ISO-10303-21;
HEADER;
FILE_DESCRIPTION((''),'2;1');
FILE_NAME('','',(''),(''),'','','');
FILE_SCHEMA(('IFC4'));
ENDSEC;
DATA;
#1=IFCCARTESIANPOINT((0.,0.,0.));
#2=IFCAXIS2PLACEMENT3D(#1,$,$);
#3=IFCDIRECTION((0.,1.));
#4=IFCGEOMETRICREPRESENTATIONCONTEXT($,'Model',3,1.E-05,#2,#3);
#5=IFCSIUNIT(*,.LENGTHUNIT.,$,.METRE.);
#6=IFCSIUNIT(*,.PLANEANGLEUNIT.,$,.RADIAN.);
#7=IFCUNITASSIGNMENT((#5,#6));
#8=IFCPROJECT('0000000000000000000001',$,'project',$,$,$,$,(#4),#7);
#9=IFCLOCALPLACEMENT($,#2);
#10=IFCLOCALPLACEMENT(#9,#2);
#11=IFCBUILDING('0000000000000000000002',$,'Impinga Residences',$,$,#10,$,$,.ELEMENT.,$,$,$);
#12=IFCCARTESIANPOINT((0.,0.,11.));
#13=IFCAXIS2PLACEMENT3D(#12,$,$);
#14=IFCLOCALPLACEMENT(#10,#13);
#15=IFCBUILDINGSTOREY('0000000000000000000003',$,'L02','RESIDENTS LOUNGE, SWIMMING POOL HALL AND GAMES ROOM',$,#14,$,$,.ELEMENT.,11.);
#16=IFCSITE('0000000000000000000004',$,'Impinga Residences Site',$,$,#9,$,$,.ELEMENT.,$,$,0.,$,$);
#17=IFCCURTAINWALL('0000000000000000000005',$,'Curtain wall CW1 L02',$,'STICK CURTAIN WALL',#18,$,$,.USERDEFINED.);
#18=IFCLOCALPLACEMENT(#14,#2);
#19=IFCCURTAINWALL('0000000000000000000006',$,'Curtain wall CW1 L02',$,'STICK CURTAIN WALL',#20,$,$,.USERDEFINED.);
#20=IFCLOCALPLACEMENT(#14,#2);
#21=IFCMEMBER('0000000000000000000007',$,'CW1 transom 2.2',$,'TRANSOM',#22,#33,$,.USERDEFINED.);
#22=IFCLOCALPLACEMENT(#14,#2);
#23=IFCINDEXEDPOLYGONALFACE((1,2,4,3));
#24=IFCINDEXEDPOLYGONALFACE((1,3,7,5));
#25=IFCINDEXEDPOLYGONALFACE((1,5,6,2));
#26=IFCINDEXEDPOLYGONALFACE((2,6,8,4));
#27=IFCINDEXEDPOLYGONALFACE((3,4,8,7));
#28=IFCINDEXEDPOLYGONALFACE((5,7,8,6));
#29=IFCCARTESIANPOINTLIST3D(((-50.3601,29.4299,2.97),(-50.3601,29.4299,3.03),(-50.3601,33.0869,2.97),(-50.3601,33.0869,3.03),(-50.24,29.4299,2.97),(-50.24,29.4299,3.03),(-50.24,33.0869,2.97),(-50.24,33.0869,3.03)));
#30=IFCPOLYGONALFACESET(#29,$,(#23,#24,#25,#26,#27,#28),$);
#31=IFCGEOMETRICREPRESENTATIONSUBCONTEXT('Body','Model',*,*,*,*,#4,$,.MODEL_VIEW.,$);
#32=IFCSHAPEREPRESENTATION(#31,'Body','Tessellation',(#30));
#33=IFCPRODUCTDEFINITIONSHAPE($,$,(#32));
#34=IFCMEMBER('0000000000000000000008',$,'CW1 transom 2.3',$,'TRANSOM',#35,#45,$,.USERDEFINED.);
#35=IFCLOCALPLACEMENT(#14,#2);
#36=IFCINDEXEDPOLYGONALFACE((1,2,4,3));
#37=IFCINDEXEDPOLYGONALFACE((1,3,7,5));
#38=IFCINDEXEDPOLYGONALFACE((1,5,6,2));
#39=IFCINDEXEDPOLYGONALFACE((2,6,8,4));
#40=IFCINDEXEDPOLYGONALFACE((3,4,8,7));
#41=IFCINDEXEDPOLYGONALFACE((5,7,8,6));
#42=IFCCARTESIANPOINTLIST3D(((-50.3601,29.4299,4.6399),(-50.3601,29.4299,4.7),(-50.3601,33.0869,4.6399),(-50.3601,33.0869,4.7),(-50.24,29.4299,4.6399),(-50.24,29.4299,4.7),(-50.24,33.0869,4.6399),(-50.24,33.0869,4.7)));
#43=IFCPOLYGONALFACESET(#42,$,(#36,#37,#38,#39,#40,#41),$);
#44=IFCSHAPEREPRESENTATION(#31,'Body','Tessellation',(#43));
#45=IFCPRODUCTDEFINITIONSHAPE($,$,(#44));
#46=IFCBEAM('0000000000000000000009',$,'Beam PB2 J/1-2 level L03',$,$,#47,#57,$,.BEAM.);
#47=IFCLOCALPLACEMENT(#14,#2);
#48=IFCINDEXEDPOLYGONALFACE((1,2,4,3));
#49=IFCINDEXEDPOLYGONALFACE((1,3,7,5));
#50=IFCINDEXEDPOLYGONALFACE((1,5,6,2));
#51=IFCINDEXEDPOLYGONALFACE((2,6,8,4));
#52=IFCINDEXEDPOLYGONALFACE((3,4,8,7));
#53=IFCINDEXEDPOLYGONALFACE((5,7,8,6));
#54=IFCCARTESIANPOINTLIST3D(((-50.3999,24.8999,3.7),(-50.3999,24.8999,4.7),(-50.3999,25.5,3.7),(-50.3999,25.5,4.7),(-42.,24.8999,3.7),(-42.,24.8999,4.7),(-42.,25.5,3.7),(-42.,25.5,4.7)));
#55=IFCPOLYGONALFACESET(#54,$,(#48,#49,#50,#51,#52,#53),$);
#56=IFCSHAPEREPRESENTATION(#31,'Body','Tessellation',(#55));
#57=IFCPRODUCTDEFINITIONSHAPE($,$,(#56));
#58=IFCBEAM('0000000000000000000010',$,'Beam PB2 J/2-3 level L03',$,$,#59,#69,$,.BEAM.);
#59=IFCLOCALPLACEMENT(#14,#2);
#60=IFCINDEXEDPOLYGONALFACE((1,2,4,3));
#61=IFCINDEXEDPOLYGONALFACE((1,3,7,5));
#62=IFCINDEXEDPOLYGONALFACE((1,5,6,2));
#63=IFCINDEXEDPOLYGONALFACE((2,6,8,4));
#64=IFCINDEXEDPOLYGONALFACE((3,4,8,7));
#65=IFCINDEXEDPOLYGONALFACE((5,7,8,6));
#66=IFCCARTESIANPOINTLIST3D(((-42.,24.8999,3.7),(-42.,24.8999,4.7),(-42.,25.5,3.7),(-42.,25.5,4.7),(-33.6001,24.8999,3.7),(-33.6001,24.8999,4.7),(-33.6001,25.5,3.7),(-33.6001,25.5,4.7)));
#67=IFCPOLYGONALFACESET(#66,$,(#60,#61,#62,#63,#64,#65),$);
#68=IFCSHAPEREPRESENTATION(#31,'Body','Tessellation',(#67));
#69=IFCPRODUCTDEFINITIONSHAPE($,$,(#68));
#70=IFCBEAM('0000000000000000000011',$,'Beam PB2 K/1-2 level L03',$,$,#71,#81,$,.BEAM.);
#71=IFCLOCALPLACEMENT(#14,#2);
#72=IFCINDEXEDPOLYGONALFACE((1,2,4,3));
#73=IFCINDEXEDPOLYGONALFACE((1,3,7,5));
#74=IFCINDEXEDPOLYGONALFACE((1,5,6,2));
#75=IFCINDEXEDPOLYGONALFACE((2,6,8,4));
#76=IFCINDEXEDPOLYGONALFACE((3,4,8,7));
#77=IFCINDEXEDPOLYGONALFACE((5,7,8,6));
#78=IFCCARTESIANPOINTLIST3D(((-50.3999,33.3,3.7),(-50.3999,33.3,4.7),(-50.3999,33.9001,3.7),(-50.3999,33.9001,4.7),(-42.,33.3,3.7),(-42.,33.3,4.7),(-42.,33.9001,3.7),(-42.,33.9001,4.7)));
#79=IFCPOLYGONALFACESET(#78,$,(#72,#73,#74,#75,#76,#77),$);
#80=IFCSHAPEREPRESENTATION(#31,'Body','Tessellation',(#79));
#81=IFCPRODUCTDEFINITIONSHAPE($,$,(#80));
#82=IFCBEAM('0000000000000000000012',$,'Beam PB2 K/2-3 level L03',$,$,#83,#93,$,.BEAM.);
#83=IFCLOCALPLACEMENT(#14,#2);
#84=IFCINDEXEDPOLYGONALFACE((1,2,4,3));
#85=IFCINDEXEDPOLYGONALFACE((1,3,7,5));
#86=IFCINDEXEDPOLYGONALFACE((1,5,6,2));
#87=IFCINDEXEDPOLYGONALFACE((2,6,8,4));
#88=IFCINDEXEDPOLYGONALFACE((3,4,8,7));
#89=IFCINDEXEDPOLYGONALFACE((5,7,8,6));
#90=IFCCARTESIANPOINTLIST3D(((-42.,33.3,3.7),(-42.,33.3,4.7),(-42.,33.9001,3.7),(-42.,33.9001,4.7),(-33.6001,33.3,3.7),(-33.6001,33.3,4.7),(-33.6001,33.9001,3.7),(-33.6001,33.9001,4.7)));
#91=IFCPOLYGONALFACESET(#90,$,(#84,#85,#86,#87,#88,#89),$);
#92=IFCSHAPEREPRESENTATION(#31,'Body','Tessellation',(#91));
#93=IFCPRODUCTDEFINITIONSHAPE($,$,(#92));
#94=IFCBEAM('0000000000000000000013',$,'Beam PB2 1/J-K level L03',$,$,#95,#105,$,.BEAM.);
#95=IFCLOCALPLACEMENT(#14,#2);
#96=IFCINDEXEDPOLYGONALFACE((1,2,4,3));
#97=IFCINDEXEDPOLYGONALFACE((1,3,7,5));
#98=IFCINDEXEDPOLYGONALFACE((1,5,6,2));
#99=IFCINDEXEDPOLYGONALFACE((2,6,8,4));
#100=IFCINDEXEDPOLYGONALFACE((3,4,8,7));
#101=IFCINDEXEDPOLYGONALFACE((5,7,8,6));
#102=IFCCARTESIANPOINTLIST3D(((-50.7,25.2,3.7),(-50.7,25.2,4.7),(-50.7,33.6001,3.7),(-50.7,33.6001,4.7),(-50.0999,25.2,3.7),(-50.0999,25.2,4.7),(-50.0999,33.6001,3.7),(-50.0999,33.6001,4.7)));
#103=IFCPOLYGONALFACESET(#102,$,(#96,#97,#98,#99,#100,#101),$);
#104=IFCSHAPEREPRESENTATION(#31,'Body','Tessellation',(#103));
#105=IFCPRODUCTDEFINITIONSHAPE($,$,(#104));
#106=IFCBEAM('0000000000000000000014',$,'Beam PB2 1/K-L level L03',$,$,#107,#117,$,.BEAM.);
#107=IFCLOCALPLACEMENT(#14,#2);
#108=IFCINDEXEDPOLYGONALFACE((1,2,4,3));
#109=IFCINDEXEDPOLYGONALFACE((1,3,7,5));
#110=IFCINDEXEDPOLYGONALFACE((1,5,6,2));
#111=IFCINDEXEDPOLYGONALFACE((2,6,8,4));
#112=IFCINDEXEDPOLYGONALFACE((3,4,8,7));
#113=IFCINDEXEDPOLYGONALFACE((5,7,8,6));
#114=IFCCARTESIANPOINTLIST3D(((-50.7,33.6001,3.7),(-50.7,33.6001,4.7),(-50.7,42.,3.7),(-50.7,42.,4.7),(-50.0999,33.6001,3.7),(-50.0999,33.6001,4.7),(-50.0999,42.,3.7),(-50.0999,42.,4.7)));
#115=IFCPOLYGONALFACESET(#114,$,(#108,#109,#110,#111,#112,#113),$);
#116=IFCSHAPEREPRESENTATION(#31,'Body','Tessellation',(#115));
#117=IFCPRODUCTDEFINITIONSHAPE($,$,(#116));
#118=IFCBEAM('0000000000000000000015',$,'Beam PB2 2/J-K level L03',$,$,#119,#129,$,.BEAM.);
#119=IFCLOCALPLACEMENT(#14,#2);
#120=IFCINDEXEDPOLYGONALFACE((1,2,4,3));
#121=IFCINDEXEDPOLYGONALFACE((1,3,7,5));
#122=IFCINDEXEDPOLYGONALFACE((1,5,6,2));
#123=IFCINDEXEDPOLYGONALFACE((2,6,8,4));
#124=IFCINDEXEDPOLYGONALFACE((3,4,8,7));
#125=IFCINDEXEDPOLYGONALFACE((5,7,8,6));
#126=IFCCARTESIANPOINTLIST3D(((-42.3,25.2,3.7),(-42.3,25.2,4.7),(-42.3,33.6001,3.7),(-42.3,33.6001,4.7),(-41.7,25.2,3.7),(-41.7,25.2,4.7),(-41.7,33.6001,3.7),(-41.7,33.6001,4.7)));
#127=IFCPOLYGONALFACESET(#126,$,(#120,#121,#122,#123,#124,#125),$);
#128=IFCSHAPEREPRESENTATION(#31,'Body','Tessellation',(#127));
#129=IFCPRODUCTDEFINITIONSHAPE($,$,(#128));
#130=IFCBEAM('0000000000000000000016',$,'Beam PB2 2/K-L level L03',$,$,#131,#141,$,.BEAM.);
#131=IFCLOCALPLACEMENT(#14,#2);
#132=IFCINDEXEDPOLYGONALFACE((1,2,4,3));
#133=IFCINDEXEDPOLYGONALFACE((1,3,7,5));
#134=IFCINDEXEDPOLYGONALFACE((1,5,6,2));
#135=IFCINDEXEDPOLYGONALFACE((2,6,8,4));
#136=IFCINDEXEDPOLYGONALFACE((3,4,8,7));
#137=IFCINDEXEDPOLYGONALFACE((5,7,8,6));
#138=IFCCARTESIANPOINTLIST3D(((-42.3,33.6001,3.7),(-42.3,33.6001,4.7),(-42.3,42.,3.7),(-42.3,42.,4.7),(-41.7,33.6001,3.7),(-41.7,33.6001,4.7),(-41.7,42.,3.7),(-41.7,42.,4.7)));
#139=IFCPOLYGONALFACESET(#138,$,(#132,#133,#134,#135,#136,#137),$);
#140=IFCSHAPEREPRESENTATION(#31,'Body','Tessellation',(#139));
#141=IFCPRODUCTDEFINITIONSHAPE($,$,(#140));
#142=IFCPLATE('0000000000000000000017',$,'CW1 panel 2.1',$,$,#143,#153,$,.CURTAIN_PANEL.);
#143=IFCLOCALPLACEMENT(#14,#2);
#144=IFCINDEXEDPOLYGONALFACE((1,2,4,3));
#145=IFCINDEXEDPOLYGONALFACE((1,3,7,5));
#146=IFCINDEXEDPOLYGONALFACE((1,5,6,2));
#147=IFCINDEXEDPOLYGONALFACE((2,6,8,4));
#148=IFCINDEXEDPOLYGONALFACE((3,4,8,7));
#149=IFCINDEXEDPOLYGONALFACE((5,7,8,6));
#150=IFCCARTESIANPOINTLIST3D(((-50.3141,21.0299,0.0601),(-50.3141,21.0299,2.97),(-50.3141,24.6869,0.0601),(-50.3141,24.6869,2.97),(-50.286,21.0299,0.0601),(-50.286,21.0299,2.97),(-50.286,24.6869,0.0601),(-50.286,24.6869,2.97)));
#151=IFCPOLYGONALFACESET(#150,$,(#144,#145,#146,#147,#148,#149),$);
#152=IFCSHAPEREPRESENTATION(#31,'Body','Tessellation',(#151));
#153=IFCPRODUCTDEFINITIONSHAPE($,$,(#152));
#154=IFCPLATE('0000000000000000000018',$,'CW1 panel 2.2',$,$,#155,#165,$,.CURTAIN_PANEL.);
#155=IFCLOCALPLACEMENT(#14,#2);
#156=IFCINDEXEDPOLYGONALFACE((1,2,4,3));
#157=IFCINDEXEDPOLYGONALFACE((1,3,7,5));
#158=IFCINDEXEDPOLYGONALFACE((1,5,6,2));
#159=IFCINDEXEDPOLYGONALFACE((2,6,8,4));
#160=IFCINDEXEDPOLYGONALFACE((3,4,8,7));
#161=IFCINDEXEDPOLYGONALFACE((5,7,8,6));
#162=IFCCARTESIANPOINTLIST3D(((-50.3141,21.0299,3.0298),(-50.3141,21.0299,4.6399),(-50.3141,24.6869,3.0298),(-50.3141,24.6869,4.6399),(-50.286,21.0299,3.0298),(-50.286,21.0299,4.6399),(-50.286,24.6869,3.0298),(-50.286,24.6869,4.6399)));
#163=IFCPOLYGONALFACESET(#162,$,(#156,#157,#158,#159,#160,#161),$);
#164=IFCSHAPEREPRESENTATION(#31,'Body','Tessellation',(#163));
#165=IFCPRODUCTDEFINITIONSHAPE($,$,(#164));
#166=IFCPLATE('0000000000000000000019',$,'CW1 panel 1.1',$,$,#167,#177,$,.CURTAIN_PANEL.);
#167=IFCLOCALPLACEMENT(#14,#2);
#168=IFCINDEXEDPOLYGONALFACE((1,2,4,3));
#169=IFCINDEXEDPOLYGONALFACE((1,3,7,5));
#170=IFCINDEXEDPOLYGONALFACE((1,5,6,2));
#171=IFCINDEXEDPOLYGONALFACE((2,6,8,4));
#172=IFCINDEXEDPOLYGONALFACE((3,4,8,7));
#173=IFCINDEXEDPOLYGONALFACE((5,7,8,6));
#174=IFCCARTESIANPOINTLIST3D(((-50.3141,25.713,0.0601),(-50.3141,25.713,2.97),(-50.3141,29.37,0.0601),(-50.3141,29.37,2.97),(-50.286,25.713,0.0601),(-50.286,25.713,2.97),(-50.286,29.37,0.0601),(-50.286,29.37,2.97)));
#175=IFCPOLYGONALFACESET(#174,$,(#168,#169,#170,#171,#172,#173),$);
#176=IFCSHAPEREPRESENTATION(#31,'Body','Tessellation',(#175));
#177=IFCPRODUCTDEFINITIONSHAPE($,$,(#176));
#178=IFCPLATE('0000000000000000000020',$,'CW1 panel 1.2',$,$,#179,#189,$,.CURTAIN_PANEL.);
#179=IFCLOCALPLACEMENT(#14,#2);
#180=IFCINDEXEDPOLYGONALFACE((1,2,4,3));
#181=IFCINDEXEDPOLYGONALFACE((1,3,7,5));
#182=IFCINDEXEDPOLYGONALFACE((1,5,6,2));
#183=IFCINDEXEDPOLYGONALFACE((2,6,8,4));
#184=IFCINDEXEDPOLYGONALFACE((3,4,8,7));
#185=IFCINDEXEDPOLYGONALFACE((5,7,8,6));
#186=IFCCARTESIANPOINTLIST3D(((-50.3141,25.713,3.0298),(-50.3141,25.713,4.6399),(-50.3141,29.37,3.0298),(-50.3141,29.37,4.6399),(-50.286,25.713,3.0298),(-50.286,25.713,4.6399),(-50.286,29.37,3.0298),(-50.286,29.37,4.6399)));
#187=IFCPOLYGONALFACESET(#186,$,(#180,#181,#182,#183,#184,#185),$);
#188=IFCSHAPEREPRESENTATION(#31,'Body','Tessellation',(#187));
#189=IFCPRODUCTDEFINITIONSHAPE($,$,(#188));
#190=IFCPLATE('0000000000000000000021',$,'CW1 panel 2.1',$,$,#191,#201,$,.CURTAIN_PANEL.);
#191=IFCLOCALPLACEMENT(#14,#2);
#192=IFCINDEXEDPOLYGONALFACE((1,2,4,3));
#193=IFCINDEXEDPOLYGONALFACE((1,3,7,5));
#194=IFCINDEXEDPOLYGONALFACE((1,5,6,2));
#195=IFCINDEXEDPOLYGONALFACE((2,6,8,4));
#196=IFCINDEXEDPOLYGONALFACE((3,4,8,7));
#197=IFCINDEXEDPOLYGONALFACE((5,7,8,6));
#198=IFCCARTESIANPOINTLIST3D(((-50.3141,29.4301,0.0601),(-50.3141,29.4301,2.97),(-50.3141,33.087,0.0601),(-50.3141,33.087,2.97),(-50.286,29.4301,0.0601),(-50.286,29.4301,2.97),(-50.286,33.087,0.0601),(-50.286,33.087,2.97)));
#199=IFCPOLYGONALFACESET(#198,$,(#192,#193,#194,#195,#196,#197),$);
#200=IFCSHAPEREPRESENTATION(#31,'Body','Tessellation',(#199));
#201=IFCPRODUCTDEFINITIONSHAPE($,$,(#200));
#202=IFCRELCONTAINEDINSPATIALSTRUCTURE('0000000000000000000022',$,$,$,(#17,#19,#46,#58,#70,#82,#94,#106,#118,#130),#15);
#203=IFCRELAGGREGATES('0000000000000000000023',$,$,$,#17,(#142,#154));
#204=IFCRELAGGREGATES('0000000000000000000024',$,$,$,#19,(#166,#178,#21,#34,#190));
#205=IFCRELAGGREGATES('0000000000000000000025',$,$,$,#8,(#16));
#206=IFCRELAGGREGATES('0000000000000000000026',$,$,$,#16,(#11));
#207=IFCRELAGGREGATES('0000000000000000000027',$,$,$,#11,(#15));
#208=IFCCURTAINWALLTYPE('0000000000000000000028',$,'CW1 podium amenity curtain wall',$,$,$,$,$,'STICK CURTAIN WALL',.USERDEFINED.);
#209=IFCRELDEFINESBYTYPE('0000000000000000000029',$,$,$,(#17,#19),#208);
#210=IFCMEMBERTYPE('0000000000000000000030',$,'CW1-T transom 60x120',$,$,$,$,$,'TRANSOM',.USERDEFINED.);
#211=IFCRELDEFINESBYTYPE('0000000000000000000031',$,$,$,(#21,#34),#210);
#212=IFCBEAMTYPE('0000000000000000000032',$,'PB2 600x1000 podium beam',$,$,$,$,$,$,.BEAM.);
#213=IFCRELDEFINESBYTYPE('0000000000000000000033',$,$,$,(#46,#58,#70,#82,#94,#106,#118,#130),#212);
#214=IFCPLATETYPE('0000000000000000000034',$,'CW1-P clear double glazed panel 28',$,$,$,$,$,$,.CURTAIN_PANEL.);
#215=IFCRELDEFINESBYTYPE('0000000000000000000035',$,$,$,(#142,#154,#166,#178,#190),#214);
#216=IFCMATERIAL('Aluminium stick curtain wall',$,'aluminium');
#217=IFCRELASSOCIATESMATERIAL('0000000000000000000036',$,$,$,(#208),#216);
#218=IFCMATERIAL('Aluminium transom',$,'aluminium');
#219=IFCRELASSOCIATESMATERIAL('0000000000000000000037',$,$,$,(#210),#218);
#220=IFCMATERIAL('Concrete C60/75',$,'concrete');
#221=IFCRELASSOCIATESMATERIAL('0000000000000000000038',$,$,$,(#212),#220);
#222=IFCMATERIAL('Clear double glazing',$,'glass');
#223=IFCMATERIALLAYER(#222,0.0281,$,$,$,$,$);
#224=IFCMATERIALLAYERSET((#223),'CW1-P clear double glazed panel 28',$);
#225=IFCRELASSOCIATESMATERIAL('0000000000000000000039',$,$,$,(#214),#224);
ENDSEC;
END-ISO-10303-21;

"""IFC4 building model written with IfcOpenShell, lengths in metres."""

from ifc_helpers import new_model, si_unit, direction, frame, origin, origin_2d, place, context, subcontext, project, spatial, rectangle, extrude, material, layer, layer_set, material_profile, profile_set, type_object, element, aggregate, save


model = new_model("IFC4")

# Units and contexts
model_context = context("Model", 3, precision=1e-05, world=origin(), true_north=direction((0.0, 1.0)))
body_context = subcontext(model_context, "Body", "Model", "MODEL_VIEW")
ifc_project = project(units=[si_unit("LENGTHUNIT", "METRE"), si_unit("PLANEANGLEUNIT", "RADIAN")], contexts=[model_context])

# Site, building, storey
site_placement = place(None, origin())
site = spatial("IfcSite", under=ifc_project, at=site_placement, Name="Impinga Residences Site", CompositionType="ELEMENT", RefElevation=0.0)
building_placement = place(site_placement, origin())
building = spatial("IfcBuilding", under=site, at=building_placement, Name="Impinga Residences", CompositionType="ELEMENT")
storey_placement = place(building_placement, frame((0.0, 0.0, 11.0)))
storey = spatial("IfcBuildingStorey", under=building, at=storey_placement, Name="L02", Description="RESIDENTS LOUNGE, SWIMMING POOL HALL AND GAMES ROOM", CompositionType="ELEMENT", Elevation=11.0)

# Curtain wall
ifc_material_1 = material(Name="Aluminium stick curtain wall", Category="aluminium")
curtain_wall_type = type_object("IfcCurtainWallType", Name="CW1 podium amenity curtain wall", ElementType="STICK CURTAIN WALL", PredefinedType="USERDEFINED", material=ifc_material_1)
curtain_wall_1_placement = place(storey_placement, origin())
curtain_wall_1 = element("IfcCurtainWall", 1, at=curtain_wall_1_placement, inside=storey, type_object=curtain_wall_type, Name="Curtain wall CW1 L02", ObjectType="STICK CURTAIN WALL", PredefinedType="USERDEFINED")

# Curtain wall
curtain_wall_2_placement = place(storey_placement, origin())
curtain_wall_2 = element("IfcCurtainWall", 2, at=curtain_wall_2_placement, inside=storey, type_object=curtain_wall_type, Name="Curtain wall CW1 L02", ObjectType="STICK CURTAIN WALL", PredefinedType="USERDEFINED")

# Members
ifc_material_2 = material(Name="Aluminium transom", Category="aluminium")
ifc_material_profile_1 = material_profile(ifc_material_2, rectangle(XDim=0.0601, YDim=0.1201, at=origin_2d()), Name="60x120 transom")
ifc_profile_set_1 = profile_set([ifc_material_profile_1], Name="Aluminium transom")
member_type_1 = type_object("IfcMemberType", Name="CW1-T transom 60x120", ElementType="TRANSOM", PredefinedType="USERDEFINED", material=ifc_profile_set_1)
member_1_placement = place(storey_placement, frame((-50.3, 29.4299, 3.0), z_axis=(0.0, 1.0, 0.0), x_axis=(0.0, 0.0, 1.0)))
member_1 = element("IfcMember", 3, at=member_1_placement, type_object=member_type_1, Name="CW1 transom 2.2", ObjectType="TRANSOM", PredefinedType="USERDEFINED", context=body_context, shape_type="SweptSolid", body=[
    extrude(rectangle(XDim=0.0601, YDim=0.1201, at=origin_2d()), origin(), (0.0, 0.0, 1.0), 3.657),
])
member_2_placement = place(storey_placement, frame((-50.3, 29.4299, 4.6699), z_axis=(0.0, 1.0, 0.0), x_axis=(0.0, 0.0, 1.0)))
member_2 = element("IfcMember", 4, at=member_2_placement, type_object=member_type_1, Name="CW1 transom 2.3", ObjectType="TRANSOM", PredefinedType="USERDEFINED", context=body_context, shape_type="SweptSolid", body=[
    extrude(rectangle(XDim=0.0601, YDim=0.1201, at=origin_2d()), origin(), (0.0, 0.0, 1.0), 3.657),
])

# Beams
ifc_material_3 = material(Name="Concrete C60/75", Category="concrete")
ifc_material_profile_2 = material_profile(ifc_material_3, rectangle(XDim=0.6001, YDim=1.0, at=origin_2d()), Name="RC 600x1000")
ifc_profile_set_2 = profile_set([ifc_material_profile_2], Name="Concrete C60/75")
beam_type = type_object("IfcBeamType", Name="PB2 600x1000 podium beam", PredefinedType="BEAM", material=ifc_profile_set_2)
for number, where, z_axis, x_axis, name in (
    (5, (-50.3999, 25.2, 4.2), (1.0, 0.0, 0.0), (0.0, 1.0, 0.0), "Beam PB2 J/1-2 level L03"),
    (6, (-42.0, 25.2, 4.2), (1.0, 0.0, 0.0), (0.0, 1.0, 0.0), "Beam PB2 J/2-3 level L03"),
    (7, (-50.3999, 33.6001, 4.2), (1.0, 0.0, 0.0), (0.0, 1.0, 0.0), "Beam PB2 K/1-2 level L03"),
    (8, (-42.0, 33.6001, 4.2), (1.0, 0.0, 0.0), (0.0, 1.0, 0.0), "Beam PB2 K/2-3 level L03"),
):
    element("IfcBeam", number, at=place(storey_placement, frame(where, z_axis=z_axis, x_axis=x_axis)), inside=storey, type_object=beam_type, Name=name, PredefinedType="BEAM", context=body_context, shape_type="SweptSolid", body=[
        extrude(rectangle(XDim=0.6001, YDim=1.0, at=origin_2d()), origin(), (0.0, 0.0, 1.0), 8.3999),
    ])
beam_1_placement = place(storey_placement, frame((-50.3999, 25.2, 4.2), z_axis=(0.0, 1.0, 0.0), x_axis=(-1.0, 0.0, 0.0)))
element("IfcBeam", 9, at=beam_1_placement, inside=storey, type_object=beam_type, Name="Beam PB2 1/J-K level L03", PredefinedType="BEAM", context=body_context, shape_type="SweptSolid", body=[
    extrude(rectangle(XDim=0.6001, YDim=1.0, at=origin_2d()), origin(), (0.0, 0.0, 1.0), 8.4001),
])
beam_2_placement = place(storey_placement, frame((-50.3999, 33.6001, 4.2), z_axis=(0.0, 1.0, 0.0), x_axis=(-1.0, 0.0, 0.0)))
element("IfcBeam", 10, at=beam_2_placement, inside=storey, type_object=beam_type, Name="Beam PB2 1/K-L level L03", PredefinedType="BEAM", context=body_context, shape_type="SweptSolid", body=[
    extrude(rectangle(XDim=0.6001, YDim=1.0, at=origin_2d()), origin(), (0.0, 0.0, 1.0), 8.3999),
])
beam_3_placement = place(storey_placement, frame((-42.0, 25.2, 4.2), z_axis=(0.0, 1.0, 0.0), x_axis=(-1.0, 0.0, 0.0)))
element("IfcBeam", 11, at=beam_3_placement, inside=storey, type_object=beam_type, Name="Beam PB2 2/J-K level L03", PredefinedType="BEAM", context=body_context, shape_type="SweptSolid", body=[
    extrude(rectangle(XDim=0.6001, YDim=1.0, at=origin_2d()), origin(), (0.0, 0.0, 1.0), 8.4001),
])
beam_4_placement = place(storey_placement, frame((-42.0, 33.6001, 4.2), z_axis=(0.0, 1.0, 0.0), x_axis=(-1.0, 0.0, 0.0)))
element("IfcBeam", 12, at=beam_4_placement, inside=storey, type_object=beam_type, Name="Beam PB2 2/K-L level L03", PredefinedType="BEAM", context=body_context, shape_type="SweptSolid", body=[
    extrude(rectangle(XDim=0.6001, YDim=1.0, at=origin_2d()), origin(), (0.0, 0.0, 1.0), 8.3999),
])

# Plates
ifc_material_4 = material(Name="Clear double glazing", Category="glass")
ifc_layer = layer(ifc_material_4, 0.0281)
ifc_layer_set = layer_set([ifc_layer], Name="CW1-P clear double glazed panel 28")
plate_type = type_object("IfcPlateType", Name="CW1-P clear double glazed panel 28", PredefinedType="CURTAIN_PANEL", material=ifc_layer_set)
plate_1_placement = place(storey_placement, frame((-50.3, 22.8584, 0.0601), z_axis=(0.0, 0.0, 1.0), x_axis=(0.0, 1.0, 0.0)))
plate_1 = element("IfcPlate", 13, at=plate_1_placement, type_object=plate_type, Name="CW1 panel 2.1", PredefinedType="CURTAIN_PANEL", context=body_context, shape_type="SweptSolid", body=[
    extrude(rectangle(XDim=3.657, YDim=0.0281, at=origin_2d()), origin(), (0.0, 0.0, 1.0), 2.9099),
])
plate_2_placement = place(storey_placement, frame((-50.3, 22.8584, 3.0298), z_axis=(0.0, 0.0, 1.0), x_axis=(0.0, 1.0, 0.0)))
plate_2 = element("IfcPlate", 14, at=plate_2_placement, type_object=plate_type, Name="CW1 panel 2.2", PredefinedType="CURTAIN_PANEL", context=body_context, shape_type="SweptSolid", body=[
    extrude(rectangle(XDim=3.657, YDim=0.0281, at=origin_2d()), origin(), (0.0, 0.0, 1.0), 1.6101),
])
aggregate(curtain_wall_1, [plate_1, plate_2])
plate_3_placement = place(storey_placement, frame((-50.3, 27.5415, 0.0601), z_axis=(0.0, 0.0, 1.0), x_axis=(0.0, 1.0, 0.0)))
plate_3 = element("IfcPlate", 15, at=plate_3_placement, type_object=plate_type, Name="CW1 panel 1.1", PredefinedType="CURTAIN_PANEL", context=body_context, shape_type="SweptSolid", body=[
    extrude(rectangle(XDim=3.657, YDim=0.0281, at=origin_2d()), origin(), (0.0, 0.0, 1.0), 2.9099),
])
plate_4_placement = place(storey_placement, frame((-50.3, 27.5415, 3.0298), z_axis=(0.0, 0.0, 1.0), x_axis=(0.0, 1.0, 0.0)))
plate_4 = element("IfcPlate", 16, at=plate_4_placement, type_object=plate_type, Name="CW1 panel 1.2", PredefinedType="CURTAIN_PANEL", context=body_context, shape_type="SweptSolid", body=[
    extrude(rectangle(XDim=3.657, YDim=0.0281, at=origin_2d()), origin(), (0.0, 0.0, 1.0), 1.6101),
])
plate_5_placement = place(storey_placement, frame((-50.3, 31.2585, 0.0601), z_axis=(0.0, 0.0, 1.0), x_axis=(0.0, 1.0, 0.0)))
plate_5 = element("IfcPlate", 17, at=plate_5_placement, type_object=plate_type, Name="CW1 panel 2.1", PredefinedType="CURTAIN_PANEL", context=body_context, shape_type="SweptSolid", body=[
    extrude(rectangle(XDim=3.657, YDim=0.0281, at=origin_2d()), origin(), (0.0, 0.0, 1.0), 2.9099),
])
aggregate(curtain_wall_2, [plate_3, plate_4, member_1, member_2, plate_5])

save(model, "model.ifc")
